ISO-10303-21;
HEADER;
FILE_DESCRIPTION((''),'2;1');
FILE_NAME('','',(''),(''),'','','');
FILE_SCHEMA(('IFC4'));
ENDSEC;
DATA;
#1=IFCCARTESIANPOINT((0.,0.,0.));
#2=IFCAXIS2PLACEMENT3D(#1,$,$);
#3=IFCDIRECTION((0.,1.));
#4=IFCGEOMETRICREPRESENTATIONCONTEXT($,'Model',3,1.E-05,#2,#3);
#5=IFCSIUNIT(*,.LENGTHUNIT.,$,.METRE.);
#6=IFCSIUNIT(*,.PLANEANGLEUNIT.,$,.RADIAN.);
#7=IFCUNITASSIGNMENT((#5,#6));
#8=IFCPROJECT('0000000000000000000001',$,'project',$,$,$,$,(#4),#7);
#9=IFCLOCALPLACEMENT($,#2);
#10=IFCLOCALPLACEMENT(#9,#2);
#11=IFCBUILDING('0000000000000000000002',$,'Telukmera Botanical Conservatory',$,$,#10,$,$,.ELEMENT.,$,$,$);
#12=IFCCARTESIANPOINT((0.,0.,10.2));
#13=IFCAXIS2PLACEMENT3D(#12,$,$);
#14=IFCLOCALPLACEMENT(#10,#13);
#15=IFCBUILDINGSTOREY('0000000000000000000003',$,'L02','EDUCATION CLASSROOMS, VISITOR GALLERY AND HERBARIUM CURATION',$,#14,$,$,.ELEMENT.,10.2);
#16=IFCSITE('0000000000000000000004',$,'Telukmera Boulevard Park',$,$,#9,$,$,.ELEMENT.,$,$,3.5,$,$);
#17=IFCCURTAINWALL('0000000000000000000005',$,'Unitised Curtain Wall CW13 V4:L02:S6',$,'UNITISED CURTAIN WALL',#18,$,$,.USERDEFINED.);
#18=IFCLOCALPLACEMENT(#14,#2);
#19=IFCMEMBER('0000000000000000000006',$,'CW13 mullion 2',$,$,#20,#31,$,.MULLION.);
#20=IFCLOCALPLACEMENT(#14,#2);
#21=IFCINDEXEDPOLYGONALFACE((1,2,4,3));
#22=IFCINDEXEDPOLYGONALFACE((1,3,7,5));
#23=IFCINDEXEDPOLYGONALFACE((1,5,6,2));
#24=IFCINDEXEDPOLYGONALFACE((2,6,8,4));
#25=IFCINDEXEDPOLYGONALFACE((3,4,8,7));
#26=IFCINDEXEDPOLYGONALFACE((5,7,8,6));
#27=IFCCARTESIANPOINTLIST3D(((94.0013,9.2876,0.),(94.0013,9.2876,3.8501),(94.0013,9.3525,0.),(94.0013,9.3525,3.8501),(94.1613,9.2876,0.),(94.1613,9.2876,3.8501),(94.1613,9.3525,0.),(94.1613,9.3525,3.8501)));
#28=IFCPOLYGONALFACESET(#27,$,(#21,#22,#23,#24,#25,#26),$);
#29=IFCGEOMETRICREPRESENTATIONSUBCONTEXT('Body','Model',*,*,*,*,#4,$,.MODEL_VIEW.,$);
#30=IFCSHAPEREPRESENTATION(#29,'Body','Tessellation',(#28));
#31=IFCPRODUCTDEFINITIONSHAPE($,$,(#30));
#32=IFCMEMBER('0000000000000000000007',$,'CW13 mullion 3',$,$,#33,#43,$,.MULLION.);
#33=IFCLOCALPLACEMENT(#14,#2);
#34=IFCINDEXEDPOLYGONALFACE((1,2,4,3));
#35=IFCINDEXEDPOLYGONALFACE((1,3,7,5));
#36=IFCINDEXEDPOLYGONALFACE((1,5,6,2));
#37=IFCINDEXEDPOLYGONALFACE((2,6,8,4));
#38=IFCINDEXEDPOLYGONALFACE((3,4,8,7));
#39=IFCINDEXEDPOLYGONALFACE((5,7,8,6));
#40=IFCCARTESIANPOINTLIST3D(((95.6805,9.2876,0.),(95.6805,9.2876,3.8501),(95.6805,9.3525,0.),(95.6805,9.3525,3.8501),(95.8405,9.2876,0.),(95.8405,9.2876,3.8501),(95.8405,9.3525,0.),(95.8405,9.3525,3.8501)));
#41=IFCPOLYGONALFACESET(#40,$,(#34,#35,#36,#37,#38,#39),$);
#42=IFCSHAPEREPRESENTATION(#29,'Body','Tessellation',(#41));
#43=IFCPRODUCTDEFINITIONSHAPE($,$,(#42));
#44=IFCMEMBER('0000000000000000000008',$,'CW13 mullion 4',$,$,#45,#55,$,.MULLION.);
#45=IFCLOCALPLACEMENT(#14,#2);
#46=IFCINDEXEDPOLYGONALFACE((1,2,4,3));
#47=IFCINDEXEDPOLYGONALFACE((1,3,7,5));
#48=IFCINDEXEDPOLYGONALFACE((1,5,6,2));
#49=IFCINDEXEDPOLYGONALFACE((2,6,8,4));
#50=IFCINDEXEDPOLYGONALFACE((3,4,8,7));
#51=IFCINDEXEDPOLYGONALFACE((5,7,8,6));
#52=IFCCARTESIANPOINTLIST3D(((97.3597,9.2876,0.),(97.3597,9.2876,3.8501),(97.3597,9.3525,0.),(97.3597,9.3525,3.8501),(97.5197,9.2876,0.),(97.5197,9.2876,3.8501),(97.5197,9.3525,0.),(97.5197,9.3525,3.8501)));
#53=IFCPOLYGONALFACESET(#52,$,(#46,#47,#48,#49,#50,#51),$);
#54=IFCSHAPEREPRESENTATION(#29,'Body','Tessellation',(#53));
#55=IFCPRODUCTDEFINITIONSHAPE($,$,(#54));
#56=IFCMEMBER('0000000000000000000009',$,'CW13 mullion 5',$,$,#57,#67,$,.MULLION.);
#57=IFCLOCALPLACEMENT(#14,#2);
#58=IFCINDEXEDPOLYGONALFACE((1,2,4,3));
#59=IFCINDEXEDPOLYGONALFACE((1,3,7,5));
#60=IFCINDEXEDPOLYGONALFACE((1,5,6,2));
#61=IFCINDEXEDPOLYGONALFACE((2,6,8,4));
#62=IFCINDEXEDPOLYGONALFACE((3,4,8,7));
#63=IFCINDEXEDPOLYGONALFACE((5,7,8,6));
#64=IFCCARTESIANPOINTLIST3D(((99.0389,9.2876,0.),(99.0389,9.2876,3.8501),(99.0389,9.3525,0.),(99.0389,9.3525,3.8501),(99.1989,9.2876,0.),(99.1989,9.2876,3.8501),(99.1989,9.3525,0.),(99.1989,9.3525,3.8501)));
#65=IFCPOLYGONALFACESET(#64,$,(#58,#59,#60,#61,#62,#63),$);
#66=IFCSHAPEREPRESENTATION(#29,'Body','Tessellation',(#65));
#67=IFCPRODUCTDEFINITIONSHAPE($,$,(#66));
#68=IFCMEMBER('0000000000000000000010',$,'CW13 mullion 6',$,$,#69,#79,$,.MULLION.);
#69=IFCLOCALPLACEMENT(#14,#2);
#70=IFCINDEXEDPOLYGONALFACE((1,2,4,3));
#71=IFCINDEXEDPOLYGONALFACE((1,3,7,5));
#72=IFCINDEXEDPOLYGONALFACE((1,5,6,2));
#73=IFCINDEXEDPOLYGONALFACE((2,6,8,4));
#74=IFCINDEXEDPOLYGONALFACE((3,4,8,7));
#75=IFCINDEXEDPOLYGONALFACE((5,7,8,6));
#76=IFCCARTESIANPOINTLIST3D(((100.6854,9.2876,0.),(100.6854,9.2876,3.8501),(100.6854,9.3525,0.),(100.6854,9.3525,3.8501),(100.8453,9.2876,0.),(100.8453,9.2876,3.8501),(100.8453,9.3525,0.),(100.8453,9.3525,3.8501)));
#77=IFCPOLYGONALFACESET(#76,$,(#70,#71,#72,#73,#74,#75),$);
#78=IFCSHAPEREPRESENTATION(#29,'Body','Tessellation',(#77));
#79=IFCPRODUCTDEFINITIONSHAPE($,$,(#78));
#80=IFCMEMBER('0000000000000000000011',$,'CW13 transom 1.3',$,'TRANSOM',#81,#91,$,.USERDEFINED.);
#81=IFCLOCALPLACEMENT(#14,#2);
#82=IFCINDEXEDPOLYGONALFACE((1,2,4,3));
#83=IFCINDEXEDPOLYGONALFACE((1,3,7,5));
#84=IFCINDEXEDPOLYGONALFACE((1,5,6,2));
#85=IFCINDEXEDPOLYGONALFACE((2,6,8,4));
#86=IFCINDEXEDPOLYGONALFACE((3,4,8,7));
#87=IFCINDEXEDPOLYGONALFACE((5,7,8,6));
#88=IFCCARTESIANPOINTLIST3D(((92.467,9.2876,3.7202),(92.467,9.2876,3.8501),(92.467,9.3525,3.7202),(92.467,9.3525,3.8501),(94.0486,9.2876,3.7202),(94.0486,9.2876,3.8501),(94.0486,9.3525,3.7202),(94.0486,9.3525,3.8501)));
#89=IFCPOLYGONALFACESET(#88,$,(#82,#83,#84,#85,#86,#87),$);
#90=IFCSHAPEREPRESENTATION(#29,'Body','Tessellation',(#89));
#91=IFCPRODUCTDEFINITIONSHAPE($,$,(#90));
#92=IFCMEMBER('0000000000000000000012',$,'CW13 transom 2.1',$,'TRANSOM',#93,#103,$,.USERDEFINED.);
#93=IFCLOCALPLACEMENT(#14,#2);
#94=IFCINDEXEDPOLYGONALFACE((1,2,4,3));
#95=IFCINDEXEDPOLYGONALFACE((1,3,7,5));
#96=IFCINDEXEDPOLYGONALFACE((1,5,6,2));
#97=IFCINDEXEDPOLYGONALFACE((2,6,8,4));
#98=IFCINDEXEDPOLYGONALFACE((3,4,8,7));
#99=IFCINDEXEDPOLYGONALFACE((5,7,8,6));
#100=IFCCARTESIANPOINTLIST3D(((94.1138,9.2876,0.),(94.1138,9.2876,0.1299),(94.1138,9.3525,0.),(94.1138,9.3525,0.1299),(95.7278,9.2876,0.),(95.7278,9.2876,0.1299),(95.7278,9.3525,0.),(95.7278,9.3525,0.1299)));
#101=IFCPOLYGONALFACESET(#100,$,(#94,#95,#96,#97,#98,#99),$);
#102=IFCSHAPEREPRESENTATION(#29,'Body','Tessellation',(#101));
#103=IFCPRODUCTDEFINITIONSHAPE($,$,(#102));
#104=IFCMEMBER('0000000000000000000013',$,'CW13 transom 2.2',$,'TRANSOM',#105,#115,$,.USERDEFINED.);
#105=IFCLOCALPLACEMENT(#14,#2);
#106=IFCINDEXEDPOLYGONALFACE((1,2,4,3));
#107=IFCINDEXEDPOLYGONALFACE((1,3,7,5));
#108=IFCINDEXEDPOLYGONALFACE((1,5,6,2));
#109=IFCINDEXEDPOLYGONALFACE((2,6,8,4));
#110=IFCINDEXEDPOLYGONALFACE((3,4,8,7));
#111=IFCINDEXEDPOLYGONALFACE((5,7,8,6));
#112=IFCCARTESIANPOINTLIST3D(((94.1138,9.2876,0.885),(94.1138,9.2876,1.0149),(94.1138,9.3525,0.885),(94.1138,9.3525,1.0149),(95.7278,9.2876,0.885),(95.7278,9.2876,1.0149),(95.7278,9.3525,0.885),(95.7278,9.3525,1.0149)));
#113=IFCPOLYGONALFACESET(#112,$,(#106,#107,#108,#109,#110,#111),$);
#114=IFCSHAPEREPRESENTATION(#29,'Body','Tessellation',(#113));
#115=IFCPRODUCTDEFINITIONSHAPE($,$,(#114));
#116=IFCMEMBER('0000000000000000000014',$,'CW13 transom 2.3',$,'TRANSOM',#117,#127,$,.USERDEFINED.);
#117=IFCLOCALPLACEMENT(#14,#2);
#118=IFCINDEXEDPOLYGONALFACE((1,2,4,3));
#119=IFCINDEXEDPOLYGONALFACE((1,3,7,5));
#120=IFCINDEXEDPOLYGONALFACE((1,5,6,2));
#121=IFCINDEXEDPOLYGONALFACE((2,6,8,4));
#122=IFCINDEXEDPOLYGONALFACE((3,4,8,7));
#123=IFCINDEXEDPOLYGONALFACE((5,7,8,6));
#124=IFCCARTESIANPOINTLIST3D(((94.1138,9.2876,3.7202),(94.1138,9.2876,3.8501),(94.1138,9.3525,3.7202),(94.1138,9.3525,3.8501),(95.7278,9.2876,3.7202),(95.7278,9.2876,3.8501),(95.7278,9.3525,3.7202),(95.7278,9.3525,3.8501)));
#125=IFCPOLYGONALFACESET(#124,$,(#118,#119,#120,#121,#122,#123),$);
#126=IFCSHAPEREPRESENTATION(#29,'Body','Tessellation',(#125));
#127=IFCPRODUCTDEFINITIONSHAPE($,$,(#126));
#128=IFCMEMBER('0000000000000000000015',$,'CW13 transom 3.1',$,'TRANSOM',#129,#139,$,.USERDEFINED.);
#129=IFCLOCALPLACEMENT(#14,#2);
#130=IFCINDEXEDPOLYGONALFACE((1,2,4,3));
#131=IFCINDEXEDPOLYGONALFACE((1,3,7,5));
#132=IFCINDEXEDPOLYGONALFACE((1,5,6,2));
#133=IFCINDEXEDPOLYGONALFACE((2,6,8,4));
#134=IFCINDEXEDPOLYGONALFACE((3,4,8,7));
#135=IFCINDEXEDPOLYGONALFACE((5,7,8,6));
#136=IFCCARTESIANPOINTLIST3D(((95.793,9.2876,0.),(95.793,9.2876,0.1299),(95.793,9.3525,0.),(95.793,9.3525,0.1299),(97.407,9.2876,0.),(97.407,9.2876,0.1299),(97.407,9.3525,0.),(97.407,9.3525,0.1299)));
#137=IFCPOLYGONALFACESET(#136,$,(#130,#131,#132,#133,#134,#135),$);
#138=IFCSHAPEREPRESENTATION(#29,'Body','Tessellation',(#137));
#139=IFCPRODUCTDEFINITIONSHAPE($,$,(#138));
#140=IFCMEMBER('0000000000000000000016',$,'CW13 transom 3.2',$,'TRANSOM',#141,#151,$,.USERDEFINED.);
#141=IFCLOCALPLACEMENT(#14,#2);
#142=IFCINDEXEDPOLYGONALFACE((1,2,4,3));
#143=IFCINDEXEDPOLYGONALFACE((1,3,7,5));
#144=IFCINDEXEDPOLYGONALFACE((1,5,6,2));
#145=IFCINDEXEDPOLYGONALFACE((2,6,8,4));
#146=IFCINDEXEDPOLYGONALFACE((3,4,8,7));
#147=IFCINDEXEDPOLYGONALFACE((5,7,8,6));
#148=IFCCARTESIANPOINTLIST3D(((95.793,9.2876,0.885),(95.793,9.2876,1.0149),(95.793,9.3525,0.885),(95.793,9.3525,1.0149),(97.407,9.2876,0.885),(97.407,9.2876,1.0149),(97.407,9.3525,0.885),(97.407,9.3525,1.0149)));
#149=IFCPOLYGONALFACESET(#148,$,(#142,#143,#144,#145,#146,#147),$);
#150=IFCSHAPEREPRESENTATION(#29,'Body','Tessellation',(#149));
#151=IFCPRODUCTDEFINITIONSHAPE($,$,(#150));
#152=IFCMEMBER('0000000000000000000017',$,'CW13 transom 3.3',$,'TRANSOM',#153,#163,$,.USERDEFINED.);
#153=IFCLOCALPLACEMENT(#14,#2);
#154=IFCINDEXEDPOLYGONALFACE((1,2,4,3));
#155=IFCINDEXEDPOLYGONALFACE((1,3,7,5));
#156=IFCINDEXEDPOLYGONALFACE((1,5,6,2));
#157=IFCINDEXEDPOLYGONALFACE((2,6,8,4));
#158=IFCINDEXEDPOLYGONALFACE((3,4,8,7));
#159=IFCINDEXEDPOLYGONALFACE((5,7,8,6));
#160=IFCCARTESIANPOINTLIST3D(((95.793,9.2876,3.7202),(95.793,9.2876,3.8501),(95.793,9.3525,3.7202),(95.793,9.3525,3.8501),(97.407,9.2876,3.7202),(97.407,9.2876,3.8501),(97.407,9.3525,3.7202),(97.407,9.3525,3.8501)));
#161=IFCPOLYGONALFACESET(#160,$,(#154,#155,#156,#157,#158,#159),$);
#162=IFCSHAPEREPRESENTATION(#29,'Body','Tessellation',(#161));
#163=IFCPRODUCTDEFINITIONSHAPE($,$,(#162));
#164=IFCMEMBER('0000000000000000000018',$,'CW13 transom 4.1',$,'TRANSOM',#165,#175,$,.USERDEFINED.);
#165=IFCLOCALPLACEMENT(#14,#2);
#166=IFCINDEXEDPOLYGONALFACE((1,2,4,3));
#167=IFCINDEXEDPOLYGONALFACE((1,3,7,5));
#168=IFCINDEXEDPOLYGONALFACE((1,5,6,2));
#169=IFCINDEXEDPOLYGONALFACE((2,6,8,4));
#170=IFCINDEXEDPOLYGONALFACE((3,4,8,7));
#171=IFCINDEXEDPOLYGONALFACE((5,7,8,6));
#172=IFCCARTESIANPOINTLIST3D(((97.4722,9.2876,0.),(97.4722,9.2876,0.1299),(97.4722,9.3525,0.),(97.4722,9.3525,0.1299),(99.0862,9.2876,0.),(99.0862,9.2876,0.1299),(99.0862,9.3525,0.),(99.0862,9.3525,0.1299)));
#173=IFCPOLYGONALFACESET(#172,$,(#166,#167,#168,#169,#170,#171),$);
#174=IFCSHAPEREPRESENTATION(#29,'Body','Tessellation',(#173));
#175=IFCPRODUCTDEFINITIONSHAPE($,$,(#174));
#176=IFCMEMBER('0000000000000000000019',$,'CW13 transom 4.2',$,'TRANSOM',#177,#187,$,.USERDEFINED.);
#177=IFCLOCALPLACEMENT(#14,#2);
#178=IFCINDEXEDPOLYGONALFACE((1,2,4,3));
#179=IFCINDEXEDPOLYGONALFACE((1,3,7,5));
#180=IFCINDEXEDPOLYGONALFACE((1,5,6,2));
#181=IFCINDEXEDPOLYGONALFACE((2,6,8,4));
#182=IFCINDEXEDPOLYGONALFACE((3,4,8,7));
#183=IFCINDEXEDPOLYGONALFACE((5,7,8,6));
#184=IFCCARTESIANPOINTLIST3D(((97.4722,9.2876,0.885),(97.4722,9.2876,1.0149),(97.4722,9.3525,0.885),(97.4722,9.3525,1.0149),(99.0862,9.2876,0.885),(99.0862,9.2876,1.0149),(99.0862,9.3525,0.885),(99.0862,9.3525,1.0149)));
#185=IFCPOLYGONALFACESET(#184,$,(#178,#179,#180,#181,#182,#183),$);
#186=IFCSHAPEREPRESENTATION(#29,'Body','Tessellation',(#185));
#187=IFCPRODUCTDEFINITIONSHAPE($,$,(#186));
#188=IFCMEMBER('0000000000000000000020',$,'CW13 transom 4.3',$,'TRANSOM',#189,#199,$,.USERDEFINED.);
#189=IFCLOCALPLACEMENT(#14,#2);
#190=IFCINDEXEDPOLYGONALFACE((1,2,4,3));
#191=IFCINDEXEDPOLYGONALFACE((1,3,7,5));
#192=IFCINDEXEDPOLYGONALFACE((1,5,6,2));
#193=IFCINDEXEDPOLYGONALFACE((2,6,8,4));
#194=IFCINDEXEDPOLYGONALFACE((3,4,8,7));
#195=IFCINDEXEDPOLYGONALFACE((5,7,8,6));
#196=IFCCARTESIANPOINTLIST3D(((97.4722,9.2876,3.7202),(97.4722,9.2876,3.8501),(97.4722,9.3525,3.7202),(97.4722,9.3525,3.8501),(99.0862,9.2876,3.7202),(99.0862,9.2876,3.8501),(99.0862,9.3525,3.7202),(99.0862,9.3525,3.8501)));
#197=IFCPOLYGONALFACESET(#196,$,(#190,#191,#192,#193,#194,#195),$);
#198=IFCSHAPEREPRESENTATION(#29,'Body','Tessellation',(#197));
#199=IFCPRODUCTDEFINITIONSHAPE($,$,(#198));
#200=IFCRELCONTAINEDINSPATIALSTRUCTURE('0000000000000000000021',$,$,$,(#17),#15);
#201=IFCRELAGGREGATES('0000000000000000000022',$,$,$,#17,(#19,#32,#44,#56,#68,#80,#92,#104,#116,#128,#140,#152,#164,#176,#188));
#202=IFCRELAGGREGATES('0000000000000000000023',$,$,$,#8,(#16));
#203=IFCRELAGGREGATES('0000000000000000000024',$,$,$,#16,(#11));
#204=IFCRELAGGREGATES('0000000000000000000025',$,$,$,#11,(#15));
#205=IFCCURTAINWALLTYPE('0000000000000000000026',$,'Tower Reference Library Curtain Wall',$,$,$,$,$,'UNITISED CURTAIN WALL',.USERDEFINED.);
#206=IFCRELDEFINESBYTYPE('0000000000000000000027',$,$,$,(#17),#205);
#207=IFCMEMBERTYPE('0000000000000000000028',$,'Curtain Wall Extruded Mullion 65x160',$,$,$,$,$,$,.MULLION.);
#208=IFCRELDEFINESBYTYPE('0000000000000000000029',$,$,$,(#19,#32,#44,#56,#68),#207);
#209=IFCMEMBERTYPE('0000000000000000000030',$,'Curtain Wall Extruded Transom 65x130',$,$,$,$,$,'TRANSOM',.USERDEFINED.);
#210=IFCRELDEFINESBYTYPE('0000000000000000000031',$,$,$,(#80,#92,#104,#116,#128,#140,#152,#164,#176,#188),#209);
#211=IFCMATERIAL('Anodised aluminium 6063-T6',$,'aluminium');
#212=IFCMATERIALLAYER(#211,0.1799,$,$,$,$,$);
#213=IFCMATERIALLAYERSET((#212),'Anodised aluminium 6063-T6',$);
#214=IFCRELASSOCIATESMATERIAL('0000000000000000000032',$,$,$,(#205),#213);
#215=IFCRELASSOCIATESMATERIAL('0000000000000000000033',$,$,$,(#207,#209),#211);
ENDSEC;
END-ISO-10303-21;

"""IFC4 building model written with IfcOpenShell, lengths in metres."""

from ifc_helpers import new_model, si_unit, direction, frame, origin, origin_2d, place, context, subcontext, project, spatial, rectangle, extrude, material, layer, layer_set, material_profile, profile_set, type_object, element, aggregate, save


model = new_model("IFC4")

# Units and contexts
model_context = context("Model", 3, precision=1e-05, world=origin(), true_north=direction((0.0, 1.0)))
body_context = subcontext(model_context, "Body", "Model", "MODEL_VIEW")
ifc_project = project(units=[si_unit("LENGTHUNIT", "METRE"), si_unit("PLANEANGLEUNIT", "RADIAN")], contexts=[model_context])

# Site, building, storey
site_placement = place(None, origin())
site = spatial("IfcSite", under=ifc_project, at=site_placement, Name="Telukmera Boulevard Park", CompositionType="ELEMENT", RefElevation=3.5)
building_placement = place(site_placement, origin())
building = spatial("IfcBuilding", under=site, at=building_placement, Name="Telukmera Botanical Conservatory", CompositionType="ELEMENT")
storey_placement = place(building_placement, frame((0.0, 0.0, 10.2)))
storey = spatial("IfcBuildingStorey", under=building, at=storey_placement, Name="L02", Description="EDUCATION CLASSROOMS, VISITOR GALLERY AND HERBARIUM CURATION", CompositionType="ELEMENT", Elevation=10.2)

# Curtain wall, members
ifc_material_1 = material(Name="Anodised aluminium 6063-T6", Category="aluminium")
ifc_layer_1 = layer(ifc_material_1, 0.1799)
ifc_layer_set_1 = layer_set([ifc_layer_1], Name="Anodised aluminium 6063-T6")
curtain_wall_type = type_object("IfcCurtainWallType", Name="Tower Reference Library Curtain Wall", ElementType="UNITISED CURTAIN WALL", PredefinedType="USERDEFINED", material=ifc_layer_set_1)
curtain_wall_placement = place(storey_placement, origin())
curtain_wall = element("IfcCurtainWall", 1, at=curtain_wall_placement, inside=storey, type_object=curtain_wall_type, Name="Unitised Curtain Wall CW13 V4:L02:S6", ObjectType="UNITISED CURTAIN WALL", PredefinedType="USERDEFINED")
ifc_material_profile_1 = material_profile(ifc_material_1, rectangle(XDim=0.0649, YDim=0.1599, at=origin_2d()), Name="ALU MULL 65x160")
ifc_profile_set_1 = profile_set([ifc_material_profile_1], Name="Anodised aluminium 6063-T6")
member_type_1 = type_object("IfcMemberType", Name="Curtain Wall Extruded Mullion 65x160", PredefinedType="MULLION", material=ifc_profile_set_1)
member_1_placement = place(storey_placement, frame((94.0813, 9.3201, 0.0), z_axis=(0.0, 0.0, 1.0), x_axis=(0.0, 1.0, 0.0)))
member_1 = element("IfcMember", 2, at=member_1_placement, type_object=member_type_1, Name="CW13 mullion 2", PredefinedType="MULLION", context=body_context, shape_type="SweptSolid", body=[
    extrude(rectangle(XDim=0.0649, YDim=0.1599, at=origin_2d()), origin(), (0.0, 0.0, 1.0), 3.8501),
])
member_2_placement = place(storey_placement, frame((95.7605, 9.3201, 0.0), z_axis=(0.0, 0.0, 1.0), x_axis=(0.0, 1.0, 0.0)))
member_2 = element("IfcMember", 3, at=member_2_placement, type_object=member_type_1, Name="CW13 mullion 3", PredefinedType="MULLION", context=body_context, shape_type="SweptSolid", body=[
    extrude(rectangle(XDim=0.0649, YDim=0.1599, at=origin_2d()), origin(), (0.0, 0.0, 1.0), 3.8501),
])
member_3_placement = place(storey_placement, frame((97.4397, 9.3201, 0.0), z_axis=(0.0, 0.0, 1.0), x_axis=(0.0, 1.0, 0.0)))
member_3 = element("IfcMember", 4, at=member_3_placement, type_object=member_type_1, Name="CW13 mullion 4", PredefinedType="MULLION", context=body_context, shape_type="SweptSolid", body=[
    extrude(rectangle(XDim=0.0649, YDim=0.1599, at=origin_2d()), origin(), (0.0, 0.0, 1.0), 3.8501),
])
member_4_placement = place(storey_placement, frame((99.1189, 9.3201, 0.0), z_axis=(0.0, 0.0, 1.0), x_axis=(0.0, 1.0, 0.0)))
member_4 = element("IfcMember", 5, at=member_4_placement, type_object=member_type_1, Name="CW13 mullion 5", PredefinedType="MULLION", context=body_context, shape_type="SweptSolid", body=[
    extrude(rectangle(XDim=0.0649, YDim=0.1599, at=origin_2d()), origin(), (0.0, 0.0, 1.0), 3.8501),
])
member_5_placement = place(storey_placement, frame((100.7654, 9.3201, 0.0), z_axis=(0.0, 0.0, 1.0), x_axis=(0.0, 1.0, 0.0)))
member_5 = element("IfcMember", 6, at=member_5_placement, type_object=member_type_1, Name="CW13 mullion 6", PredefinedType="MULLION", context=body_context, shape_type="SweptSolid", body=[
    extrude(rectangle(XDim=0.0649, YDim=0.1599, at=origin_2d()), origin(), (0.0, 0.0, 1.0), 3.8501),
])
ifc_material_profile_2 = material_profile(ifc_material_1, rectangle(XDim=0.0649, YDim=0.1299, at=origin_2d()), Name="ALU TRAN 65x130")
ifc_profile_set_2 = profile_set([ifc_material_profile_2], Name="Anodised aluminium 6063-T6")
member_type_2 = type_object("IfcMemberType", Name="Curtain Wall Extruded Transom 65x130", ElementType="TRANSOM", PredefinedType="USERDEFINED", material=ifc_profile_set_2)
member_6_placement = place(storey_placement, frame((92.467, 9.3201, 3.7852), z_axis=(1.0, 0.0, 0.0), x_axis=(0.0, 1.0, 0.0)))
member_6 = element("IfcMember", 7, at=member_6_placement, type_object=member_type_2, Name="CW13 transom 1.3", ObjectType="TRANSOM", PredefinedType="USERDEFINED", context=body_context, shape_type="SweptSolid", body=[
    extrude(rectangle(XDim=0.0649, YDim=0.1299, at=origin_2d()), origin(), (0.0, 0.0, 1.0), 1.5815),
])
member_7_placement = place(storey_placement, frame((94.1138, 9.3201, 0.0649), z_axis=(1.0, 0.0, 0.0), x_axis=(0.0, 1.0, 0.0)))
member_7 = element("IfcMember", 8, at=member_7_placement, type_object=member_type_2, Name="CW13 transom 2.1", ObjectType="TRANSOM", PredefinedType="USERDEFINED", context=body_context, shape_type="SweptSolid", body=[
    extrude(rectangle(XDim=0.0649, YDim=0.1299, at=origin_2d()), origin(), (0.0, 0.0, 1.0), 1.614),
])
member_8_placement = place(storey_placement, frame((94.1138, 9.3201, 0.95), z_axis=(1.0, 0.0, 0.0), x_axis=(0.0, 1.0, 0.0)))
member_8 = element("IfcMember", 9, at=member_8_placement, type_object=member_type_2, Name="CW13 transom 2.2", ObjectType="TRANSOM", PredefinedType="USERDEFINED", context=body_context, shape_type="SweptSolid", body=[
    extrude(rectangle(XDim=0.0649, YDim=0.1299, at=origin_2d()), origin(), (0.0, 0.0, 1.0), 1.614),
])
member_9_placement = place(storey_placement, frame((94.1138, 9.3201, 3.7852), z_axis=(1.0, 0.0, 0.0), x_axis=(0.0, 1.0, 0.0)))
member_9 = element("IfcMember", 10, at=member_9_placement, type_object=member_type_2, Name="CW13 transom 2.3", ObjectType="TRANSOM", PredefinedType="USERDEFINED", context=body_context, shape_type="SweptSolid", body=[
    extrude(rectangle(XDim=0.0649, YDim=0.1299, at=origin_2d()), origin(), (0.0, 0.0, 1.0), 1.614),
])
member_10_placement = place(storey_placement, frame((95.793, 9.3201, 0.0649), z_axis=(1.0, 0.0, 0.0), x_axis=(0.0, 1.0, 0.0)))
member_10 = element("IfcMember", 11, at=member_10_placement, type_object=member_type_2, Name="CW13 transom 3.1", ObjectType="TRANSOM", PredefinedType="USERDEFINED", context=body_context, shape_type="SweptSolid", body=[
    extrude(rectangle(XDim=0.0649, YDim=0.1299, at=origin_2d()), origin(), (0.0, 0.0, 1.0), 1.614),
])
member_11_placement = place(storey_placement, frame((95.793, 9.3201, 0.95), z_axis=(1.0, 0.0, 0.0), x_axis=(0.0, 1.0, 0.0)))
member_11 = element("IfcMember", 12, at=member_11_placement, type_object=member_type_2, Name="CW13 transom 3.2", ObjectType="TRANSOM", PredefinedType="USERDEFINED", context=body_context, shape_type="SweptSolid", body=[
    extrude(rectangle(XDim=0.0649, YDim=0.1299, at=origin_2d()), origin(), (0.0, 0.0, 1.0), 1.614),
])
member_12_placement = place(storey_placement, frame((95.793, 9.3201, 3.7852), z_axis=(1.0, 0.0, 0.0), x_axis=(0.0, 1.0, 0.0)))
member_12 = element("IfcMember", 13, at=member_12_placement, type_object=member_type_2, Name="CW13 transom 3.3", ObjectType="TRANSOM", PredefinedType="USERDEFINED", context=body_context, shape_type="SweptSolid", body=[
    extrude(rectangle(XDim=0.0649, YDim=0.1299, at=origin_2d()), origin(), (0.0, 0.0, 1.0), 1.614),
])
member_13_placement = place(storey_placement, frame((97.4722, 9.3201, 0.0649), z_axis=(1.0, 0.0, 0.0), x_axis=(0.0, 1.0, 0.0)))
member_13 = element("IfcMember", 14, at=member_13_placement, type_object=member_type_2, Name="CW13 transom 4.1", ObjectType="TRANSOM", PredefinedType="USERDEFINED", context=body_context, shape_type="SweptSolid", body=[
    extrude(rectangle(XDim=0.0649, YDim=0.1299, at=origin_2d()), origin(), (0.0, 0.0, 1.0), 1.614),
])
member_14_placement = place(storey_placement, frame((97.4722, 9.3201, 0.95), z_axis=(1.0, 0.0, 0.0), x_axis=(0.0, 1.0, 0.0)))
member_14 = element("IfcMember", 15, at=member_14_placement, type_object=member_type_2, Name="CW13 transom 4.2", ObjectType="TRANSOM", PredefinedType="USERDEFINED", context=body_context, shape_type="SweptSolid", body=[
    extrude(rectangle(XDim=0.0649, YDim=0.1299, at=origin_2d()), origin(), (0.0, 0.0, 1.0), 1.614),
])
member_15_placement = place(storey_placement, frame((97.4722, 9.3201, 3.7852), z_axis=(1.0, 0.0, 0.0), x_axis=(0.0, 1.0, 0.0)))
member_15 = element("IfcMember", 16, at=member_15_placement, type_object=member_type_2, Name="CW13 transom 4.3", ObjectType="TRANSOM", PredefinedType="USERDEFINED", context=body_context, shape_type="SweptSolid", body=[
    extrude(rectangle(XDim=0.0649, YDim=0.1299, at=origin_2d()), origin(), (0.0, 0.0, 1.0), 1.614),
])
aggregate(curtain_wall, [member_1, member_2, member_3, member_4, member_5, member_6, member_7, member_8, member_9, member_10, member_11, member_12, member_13, member_14, member_15])

save(model, "model.ifc")
